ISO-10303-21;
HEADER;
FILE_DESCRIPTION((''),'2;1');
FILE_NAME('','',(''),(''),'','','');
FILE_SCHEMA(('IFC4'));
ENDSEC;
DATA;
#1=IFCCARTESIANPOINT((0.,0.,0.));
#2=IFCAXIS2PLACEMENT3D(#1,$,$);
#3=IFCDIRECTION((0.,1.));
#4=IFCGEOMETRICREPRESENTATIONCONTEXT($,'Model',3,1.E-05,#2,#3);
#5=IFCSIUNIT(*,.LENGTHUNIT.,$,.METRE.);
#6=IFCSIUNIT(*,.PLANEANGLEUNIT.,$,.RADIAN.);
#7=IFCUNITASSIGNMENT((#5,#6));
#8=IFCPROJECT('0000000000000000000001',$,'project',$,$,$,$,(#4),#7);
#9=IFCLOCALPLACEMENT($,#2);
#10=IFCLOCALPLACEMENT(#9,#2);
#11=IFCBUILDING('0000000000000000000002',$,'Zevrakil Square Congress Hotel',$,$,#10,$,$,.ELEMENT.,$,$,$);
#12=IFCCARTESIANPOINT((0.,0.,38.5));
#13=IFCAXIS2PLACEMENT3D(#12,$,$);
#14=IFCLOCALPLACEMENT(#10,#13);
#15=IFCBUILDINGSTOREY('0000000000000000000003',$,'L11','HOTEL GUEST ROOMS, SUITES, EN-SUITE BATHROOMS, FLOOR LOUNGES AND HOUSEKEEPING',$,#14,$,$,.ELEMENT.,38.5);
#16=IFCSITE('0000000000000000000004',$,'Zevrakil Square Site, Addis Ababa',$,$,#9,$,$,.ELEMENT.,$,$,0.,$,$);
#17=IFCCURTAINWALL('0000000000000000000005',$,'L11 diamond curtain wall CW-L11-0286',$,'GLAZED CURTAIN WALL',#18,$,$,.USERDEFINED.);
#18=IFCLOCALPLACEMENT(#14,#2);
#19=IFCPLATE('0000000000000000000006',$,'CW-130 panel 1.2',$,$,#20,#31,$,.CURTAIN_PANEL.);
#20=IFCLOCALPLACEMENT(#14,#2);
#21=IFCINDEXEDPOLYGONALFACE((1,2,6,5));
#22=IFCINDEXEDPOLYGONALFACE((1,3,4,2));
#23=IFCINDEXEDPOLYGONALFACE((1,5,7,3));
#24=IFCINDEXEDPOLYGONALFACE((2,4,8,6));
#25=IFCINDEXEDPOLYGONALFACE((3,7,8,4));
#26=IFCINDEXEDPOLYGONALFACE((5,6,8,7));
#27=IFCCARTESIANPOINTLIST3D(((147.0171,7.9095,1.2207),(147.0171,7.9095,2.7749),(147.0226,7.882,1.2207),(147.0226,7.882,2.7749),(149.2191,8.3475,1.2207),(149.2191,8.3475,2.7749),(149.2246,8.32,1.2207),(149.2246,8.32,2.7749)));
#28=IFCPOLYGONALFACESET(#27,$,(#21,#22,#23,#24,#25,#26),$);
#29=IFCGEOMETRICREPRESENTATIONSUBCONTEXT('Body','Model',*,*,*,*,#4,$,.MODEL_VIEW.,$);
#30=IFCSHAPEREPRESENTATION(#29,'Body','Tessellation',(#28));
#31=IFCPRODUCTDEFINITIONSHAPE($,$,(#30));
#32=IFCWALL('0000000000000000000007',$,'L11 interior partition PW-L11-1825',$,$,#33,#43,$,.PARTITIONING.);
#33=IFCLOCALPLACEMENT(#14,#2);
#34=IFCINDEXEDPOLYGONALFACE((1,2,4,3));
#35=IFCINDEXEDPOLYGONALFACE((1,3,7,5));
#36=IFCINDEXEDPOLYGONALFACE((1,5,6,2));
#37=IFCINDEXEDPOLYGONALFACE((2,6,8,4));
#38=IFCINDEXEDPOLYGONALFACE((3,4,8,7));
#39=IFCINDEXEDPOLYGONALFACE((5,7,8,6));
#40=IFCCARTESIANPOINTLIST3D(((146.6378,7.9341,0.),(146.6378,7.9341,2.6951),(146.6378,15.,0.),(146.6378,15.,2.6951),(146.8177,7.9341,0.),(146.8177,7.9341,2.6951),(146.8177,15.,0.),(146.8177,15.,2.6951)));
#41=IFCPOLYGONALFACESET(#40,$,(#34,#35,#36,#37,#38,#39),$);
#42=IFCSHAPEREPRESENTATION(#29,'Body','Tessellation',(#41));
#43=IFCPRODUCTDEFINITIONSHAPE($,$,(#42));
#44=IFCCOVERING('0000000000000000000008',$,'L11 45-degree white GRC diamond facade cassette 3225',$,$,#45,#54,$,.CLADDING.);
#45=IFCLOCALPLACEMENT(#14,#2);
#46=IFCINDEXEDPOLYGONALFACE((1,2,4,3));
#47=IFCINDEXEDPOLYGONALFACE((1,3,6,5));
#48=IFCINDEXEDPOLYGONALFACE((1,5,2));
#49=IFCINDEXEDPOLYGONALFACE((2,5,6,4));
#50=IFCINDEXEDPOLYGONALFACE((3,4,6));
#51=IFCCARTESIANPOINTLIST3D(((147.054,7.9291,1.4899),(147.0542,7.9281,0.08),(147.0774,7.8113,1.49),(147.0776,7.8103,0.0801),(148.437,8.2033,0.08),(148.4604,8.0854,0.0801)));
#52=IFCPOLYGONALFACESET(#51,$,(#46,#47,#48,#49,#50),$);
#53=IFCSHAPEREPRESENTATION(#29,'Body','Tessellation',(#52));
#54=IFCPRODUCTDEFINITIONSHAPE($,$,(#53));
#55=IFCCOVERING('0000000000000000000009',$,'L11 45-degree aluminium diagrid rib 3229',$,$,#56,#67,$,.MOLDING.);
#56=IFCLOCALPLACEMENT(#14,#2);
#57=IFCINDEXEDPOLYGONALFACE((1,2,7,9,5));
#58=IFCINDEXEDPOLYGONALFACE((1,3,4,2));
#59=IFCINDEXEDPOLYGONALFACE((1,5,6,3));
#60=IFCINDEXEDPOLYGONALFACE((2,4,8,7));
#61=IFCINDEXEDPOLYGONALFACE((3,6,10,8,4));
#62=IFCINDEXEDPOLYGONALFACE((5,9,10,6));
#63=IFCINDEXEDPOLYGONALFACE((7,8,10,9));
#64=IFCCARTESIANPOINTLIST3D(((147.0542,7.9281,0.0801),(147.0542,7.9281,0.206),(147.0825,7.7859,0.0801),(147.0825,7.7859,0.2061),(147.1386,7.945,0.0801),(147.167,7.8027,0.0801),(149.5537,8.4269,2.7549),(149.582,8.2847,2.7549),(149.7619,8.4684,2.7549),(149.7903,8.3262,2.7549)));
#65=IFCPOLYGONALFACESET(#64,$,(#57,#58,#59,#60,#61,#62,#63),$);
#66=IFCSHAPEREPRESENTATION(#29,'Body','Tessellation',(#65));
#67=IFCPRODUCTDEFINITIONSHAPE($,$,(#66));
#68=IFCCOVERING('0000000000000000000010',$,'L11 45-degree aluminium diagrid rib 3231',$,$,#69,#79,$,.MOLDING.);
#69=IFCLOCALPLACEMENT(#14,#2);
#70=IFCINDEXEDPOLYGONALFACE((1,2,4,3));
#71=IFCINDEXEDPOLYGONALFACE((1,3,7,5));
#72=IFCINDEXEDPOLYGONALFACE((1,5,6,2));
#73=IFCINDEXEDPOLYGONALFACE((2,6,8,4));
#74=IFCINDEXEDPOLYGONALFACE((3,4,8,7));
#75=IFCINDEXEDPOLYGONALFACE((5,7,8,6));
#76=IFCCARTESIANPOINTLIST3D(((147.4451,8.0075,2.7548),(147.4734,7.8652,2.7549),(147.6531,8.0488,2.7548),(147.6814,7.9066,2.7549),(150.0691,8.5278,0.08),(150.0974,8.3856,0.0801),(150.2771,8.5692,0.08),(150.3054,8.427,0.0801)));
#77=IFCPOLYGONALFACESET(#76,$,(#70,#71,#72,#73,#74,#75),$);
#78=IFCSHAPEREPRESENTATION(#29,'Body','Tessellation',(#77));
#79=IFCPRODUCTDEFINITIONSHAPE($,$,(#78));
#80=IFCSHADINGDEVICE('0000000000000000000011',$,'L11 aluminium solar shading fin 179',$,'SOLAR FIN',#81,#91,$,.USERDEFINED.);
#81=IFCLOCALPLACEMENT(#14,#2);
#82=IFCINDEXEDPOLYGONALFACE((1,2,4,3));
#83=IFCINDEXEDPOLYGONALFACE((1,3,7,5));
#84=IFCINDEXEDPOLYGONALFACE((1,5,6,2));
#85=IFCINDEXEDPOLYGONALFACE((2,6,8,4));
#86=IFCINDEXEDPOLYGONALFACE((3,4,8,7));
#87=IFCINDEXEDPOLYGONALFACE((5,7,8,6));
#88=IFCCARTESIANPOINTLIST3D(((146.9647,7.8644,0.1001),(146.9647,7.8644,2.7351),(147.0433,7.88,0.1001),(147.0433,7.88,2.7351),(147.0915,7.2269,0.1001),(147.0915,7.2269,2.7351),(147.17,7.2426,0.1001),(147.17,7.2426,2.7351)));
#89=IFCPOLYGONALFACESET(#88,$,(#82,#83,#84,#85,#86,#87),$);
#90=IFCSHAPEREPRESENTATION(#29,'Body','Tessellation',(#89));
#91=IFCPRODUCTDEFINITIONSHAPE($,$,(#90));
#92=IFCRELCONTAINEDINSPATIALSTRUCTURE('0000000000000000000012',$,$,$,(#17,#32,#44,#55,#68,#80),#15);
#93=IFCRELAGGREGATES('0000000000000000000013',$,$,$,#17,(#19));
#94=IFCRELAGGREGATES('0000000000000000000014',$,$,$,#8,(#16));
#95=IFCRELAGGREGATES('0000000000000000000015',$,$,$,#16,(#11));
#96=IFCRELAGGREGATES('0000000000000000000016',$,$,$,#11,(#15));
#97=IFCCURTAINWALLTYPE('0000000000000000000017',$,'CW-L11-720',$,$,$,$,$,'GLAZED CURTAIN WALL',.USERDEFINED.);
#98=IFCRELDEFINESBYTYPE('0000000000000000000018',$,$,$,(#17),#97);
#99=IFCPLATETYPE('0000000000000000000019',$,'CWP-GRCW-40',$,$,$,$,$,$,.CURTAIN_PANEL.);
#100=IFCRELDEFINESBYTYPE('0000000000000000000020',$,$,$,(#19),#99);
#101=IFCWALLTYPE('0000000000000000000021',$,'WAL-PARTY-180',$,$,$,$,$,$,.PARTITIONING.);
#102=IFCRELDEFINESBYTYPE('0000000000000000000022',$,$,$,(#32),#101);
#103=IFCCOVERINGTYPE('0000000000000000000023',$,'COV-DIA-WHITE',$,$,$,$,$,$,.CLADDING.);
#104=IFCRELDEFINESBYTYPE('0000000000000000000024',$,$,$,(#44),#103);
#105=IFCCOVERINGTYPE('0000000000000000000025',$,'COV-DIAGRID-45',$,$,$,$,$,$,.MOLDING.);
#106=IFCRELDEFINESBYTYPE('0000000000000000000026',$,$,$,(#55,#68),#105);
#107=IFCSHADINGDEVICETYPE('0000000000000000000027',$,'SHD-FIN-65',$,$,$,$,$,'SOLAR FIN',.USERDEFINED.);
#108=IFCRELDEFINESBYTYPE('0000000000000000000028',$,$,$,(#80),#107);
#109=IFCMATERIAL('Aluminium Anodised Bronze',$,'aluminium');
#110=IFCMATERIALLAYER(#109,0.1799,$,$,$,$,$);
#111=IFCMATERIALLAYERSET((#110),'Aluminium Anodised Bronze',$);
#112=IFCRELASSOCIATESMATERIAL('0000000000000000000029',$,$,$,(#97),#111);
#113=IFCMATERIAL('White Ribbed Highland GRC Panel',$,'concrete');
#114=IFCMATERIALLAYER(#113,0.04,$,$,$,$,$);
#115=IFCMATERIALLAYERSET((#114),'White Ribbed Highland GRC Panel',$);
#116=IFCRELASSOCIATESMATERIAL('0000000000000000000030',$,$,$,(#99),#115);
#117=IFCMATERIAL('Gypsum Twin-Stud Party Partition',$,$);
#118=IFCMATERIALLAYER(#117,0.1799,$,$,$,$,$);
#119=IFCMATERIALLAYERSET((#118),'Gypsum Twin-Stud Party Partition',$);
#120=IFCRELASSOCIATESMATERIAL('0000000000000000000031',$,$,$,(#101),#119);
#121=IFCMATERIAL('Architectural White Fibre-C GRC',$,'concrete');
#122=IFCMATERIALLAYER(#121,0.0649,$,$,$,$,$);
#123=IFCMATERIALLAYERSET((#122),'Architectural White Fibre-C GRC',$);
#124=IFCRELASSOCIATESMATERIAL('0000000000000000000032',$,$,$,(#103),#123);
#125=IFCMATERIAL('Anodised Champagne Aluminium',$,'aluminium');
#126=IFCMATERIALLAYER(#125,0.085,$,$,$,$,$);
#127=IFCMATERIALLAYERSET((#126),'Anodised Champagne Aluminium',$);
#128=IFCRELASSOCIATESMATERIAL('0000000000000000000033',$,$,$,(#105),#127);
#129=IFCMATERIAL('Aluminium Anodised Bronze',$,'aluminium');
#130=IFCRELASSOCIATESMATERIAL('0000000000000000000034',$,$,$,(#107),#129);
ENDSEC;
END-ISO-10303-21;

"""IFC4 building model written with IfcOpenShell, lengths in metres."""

from ifc_helpers import new_model, si_unit, direction, frame, frame_2d, origin, origin_2d, place, context, subcontext, project, spatial, polyline, rectangle, outline, extrude, material, layer, layer_set, type_object, element, aggregate, save


model = new_model("IFC4")

# Units and contexts
model_context = context("Model", 3, precision=1e-05, world=origin(), true_north=direction((0.0, 1.0)))
body_context = subcontext(model_context, "Body", "Model", "MODEL_VIEW")
ifc_project = project(units=[si_unit("LENGTHUNIT", "METRE"), si_unit("PLANEANGLEUNIT", "RADIAN")], contexts=[model_context])

# Site, building, storey
site_placement = place(None, origin())
site = spatial("IfcSite", under=ifc_project, at=site_placement, Name="Zevrakil Square Site, Addis Ababa", CompositionType="ELEMENT", RefElevation=0.0)
building_placement = place(site_placement, origin())
building = spatial("IfcBuilding", under=site, at=building_placement, Name="Zevrakil Square Congress Hotel", CompositionType="ELEMENT")
storey_placement = place(building_placement, frame((0.0, 0.0, 38.5)))
storey = spatial("IfcBuildingStorey", under=building, at=storey_placement, Name="L11", Description="HOTEL GUEST ROOMS, SUITES, EN-SUITE BATHROOMS, FLOOR LOUNGES AND HOUSEKEEPING", CompositionType="ELEMENT", Elevation=38.5)

# Curtain wall
ifc_material_1 = material(Name="Aluminium Anodised Bronze", Category="aluminium")
ifc_layer_1 = layer(ifc_material_1, 0.1799)
ifc_layer_set_1 = layer_set([ifc_layer_1], Name="Aluminium Anodised Bronze")
curtain_wall_type = type_object("IfcCurtainWallType", Name="CW-L11-720", ElementType="GLAZED CURTAIN WALL", PredefinedType="USERDEFINED", material=ifc_layer_set_1)
curtain_wall_1_placement = place(storey_placement, origin())
curtain_wall_1 = element("IfcCurtainWall", 1, at=curtain_wall_1_placement, inside=storey, type_object=curtain_wall_type, Name="L11 diamond curtain wall CW-L11-0286", ObjectType="GLAZED CURTAIN WALL", PredefinedType="USERDEFINED")

# Plate
ifc_material_2 = material(Name="White Ribbed Highland GRC Panel", Category="concrete")
ifc_layer_2 = layer(ifc_material_2, 0.04)
ifc_layer_set_2 = layer_set([ifc_layer_2], Name="White Ribbed Highland GRC Panel")
plate_type_1 = type_object("IfcPlateType", Name="CWP-GRCW-40", PredefinedType="CURTAIN_PANEL", material=ifc_layer_set_2)
plate_1_placement = place(storey_placement, frame((148.1208, 8.1147, 1.2207), z_axis=(0.0, 0.0, 1.0), x_axis=(0.980787, 0.195084, 0.0)))
plate_1 = element("IfcPlate", 2, at=plate_1_placement, type_object=plate_type_1, Name="CW-130 panel 1.2", PredefinedType="CURTAIN_PANEL", context=body_context, shape_type="SweptSolid", body=[
    extrude(rectangle(XDim=2.2451, YDim=0.0281, at=origin_2d()), origin(), (0.0, 0.0, 1.0), 1.5542),
])
aggregate(curtain_wall_1, [plate_1])

# Wall
ifc_material_3 = material(Name="Gypsum Twin-Stud Party Partition")
ifc_layer_3 = layer(ifc_material_3, 0.1799)
ifc_layer_set_3 = layer_set([ifc_layer_3], Name="Gypsum Twin-Stud Party Partition")
wall_type = type_object("IfcWallType", Name="WAL-PARTY-180", PredefinedType="PARTITIONING", material=ifc_layer_set_3)
wall_placement = place(storey_placement, frame((146.7278, 7.9341, 0.0), z_axis=(0.0, 0.0, 1.0), x_axis=(0.0, 1.0, 0.0)))
element("IfcWall", 3, at=wall_placement, inside=storey, type_object=wall_type, Name="L11 interior partition PW-L11-1825", PredefinedType="PARTITIONING", context=body_context, shape_type="SweptSolid", body=[
    extrude(rectangle(XDim=7.0659, YDim=0.1799, at=frame_2d((3.533, 0.0))), origin(), (0.0, 0.0, 1.0), 2.6951),
])

# Coverings
ifc_material_4 = material(Name="Architectural White Fibre-C GRC", Category="concrete")
ifc_layer_4 = layer(ifc_material_4, 0.0649)
ifc_layer_set_4 = layer_set([ifc_layer_4], Name="Architectural White Fibre-C GRC")
covering_type_1 = type_object("IfcCoveringType", Name="COV-DIA-WHITE", PredefinedType="CLADDING", material=ifc_layer_set_4)
covering_1_placement = place(storey_placement, frame((148.4604, 8.0854, 0.0801), z_axis=(0.19515, -0.980773, 0.000713), x_axis=(-0.980773, -0.19515, 0.0)))
element("IfcCovering", 4, at=covering_1_placement, inside=storey, type_object=covering_type_1, Name="L11 45-degree white GRC diamond facade cassette 3225", PredefinedType="CLADDING", context=body_context, shape_type="SweptSolid", body=[
    extrude(outline(polyline([(0.0, 0.0), (1.4099, 0.0), (1.41, -1.4099), (0.0, 0.0)])), origin(), (0.0, 0.0, -1.0), 0.1201),
])
ifc_material_5 = material(Name="Anodised Champagne Aluminium", Category="aluminium")
ifc_layer_5 = layer(ifc_material_5, 0.085)
ifc_layer_set_5 = layer_set([ifc_layer_5], Name="Anodised Champagne Aluminium")
covering_type_2 = type_object("IfcCoveringType", Name="COV-DIAGRID-45", PredefinedType="MOLDING", material=ifc_layer_set_5)
covering_2_placement = place(storey_placement, frame((147.167, 7.8027, 0.0801), z_axis=(0.195546, -0.980695, 0.00014), x_axis=(-0.980695, -0.195546, 0.0)))
element("IfcCovering", 5, at=covering_2_placement, inside=storey, type_object=covering_type_2, Name="L11 45-degree aluminium diagrid rib 3229", PredefinedType="MOLDING", context=body_context, shape_type="SweptSolid", body=[
    extrude(outline(polyline([(0.0, 0.0), (0.0861, 0.0), (0.0861, -0.126), (-2.4627, -2.6748), (-2.675, -2.6748), (0.0, 0.0)])), origin(), (0.0, 0.0, -1.0), 0.145),
])
covering_3_placement = place(storey_placement, frame((147.4734, 7.8652, 2.7549), z_axis=(0.19512, -0.980779, 0.000604), x_axis=(0.980779, 0.19512, 0.0)))
element("IfcCovering", 6, at=covering_3_placement, inside=storey, type_object=covering_type_2, Name="L11 45-degree aluminium diagrid rib 3231", PredefinedType="MOLDING", context=body_context, shape_type="SweptSolid", body=[
    extrude(outline(polyline([(0.0, 0.0), (0.2121, 0.0), (2.8872, -2.6748), (2.6751, -2.6748), (0.0, 0.0)])), origin(), (0.0, 0.0, -1.0), 0.145),
])

# Shading device
ifc_material_6 = material(Name="Aluminium Anodised Bronze", Category="aluminium")
shading_device_type = type_object("IfcShadingDeviceType", Name="SHD-FIN-65", ElementType="SOLAR FIN", PredefinedType="USERDEFINED", material=ifc_material_6)
shading_device_placement = place(storey_placement, frame((147.0674, 7.5535, 0.1001), z_axis=(0.0, 0.0, 1.0), x_axis=(0.19509, -0.980785, 0.0)))
element("IfcShadingDevice", 7, at=shading_device_placement, inside=storey, type_object=shading_device_type, Name="L11 aluminium solar shading fin 179", ObjectType="SOLAR FIN", PredefinedType="USERDEFINED", context=body_context, shape_type="SweptSolid", body=[
    extrude(rectangle(XDim=0.6499, YDim=0.0801, at=origin_2d()), origin(), (0.0, 0.0, 1.0), 2.635),
])

save(model, "model.ifc")
